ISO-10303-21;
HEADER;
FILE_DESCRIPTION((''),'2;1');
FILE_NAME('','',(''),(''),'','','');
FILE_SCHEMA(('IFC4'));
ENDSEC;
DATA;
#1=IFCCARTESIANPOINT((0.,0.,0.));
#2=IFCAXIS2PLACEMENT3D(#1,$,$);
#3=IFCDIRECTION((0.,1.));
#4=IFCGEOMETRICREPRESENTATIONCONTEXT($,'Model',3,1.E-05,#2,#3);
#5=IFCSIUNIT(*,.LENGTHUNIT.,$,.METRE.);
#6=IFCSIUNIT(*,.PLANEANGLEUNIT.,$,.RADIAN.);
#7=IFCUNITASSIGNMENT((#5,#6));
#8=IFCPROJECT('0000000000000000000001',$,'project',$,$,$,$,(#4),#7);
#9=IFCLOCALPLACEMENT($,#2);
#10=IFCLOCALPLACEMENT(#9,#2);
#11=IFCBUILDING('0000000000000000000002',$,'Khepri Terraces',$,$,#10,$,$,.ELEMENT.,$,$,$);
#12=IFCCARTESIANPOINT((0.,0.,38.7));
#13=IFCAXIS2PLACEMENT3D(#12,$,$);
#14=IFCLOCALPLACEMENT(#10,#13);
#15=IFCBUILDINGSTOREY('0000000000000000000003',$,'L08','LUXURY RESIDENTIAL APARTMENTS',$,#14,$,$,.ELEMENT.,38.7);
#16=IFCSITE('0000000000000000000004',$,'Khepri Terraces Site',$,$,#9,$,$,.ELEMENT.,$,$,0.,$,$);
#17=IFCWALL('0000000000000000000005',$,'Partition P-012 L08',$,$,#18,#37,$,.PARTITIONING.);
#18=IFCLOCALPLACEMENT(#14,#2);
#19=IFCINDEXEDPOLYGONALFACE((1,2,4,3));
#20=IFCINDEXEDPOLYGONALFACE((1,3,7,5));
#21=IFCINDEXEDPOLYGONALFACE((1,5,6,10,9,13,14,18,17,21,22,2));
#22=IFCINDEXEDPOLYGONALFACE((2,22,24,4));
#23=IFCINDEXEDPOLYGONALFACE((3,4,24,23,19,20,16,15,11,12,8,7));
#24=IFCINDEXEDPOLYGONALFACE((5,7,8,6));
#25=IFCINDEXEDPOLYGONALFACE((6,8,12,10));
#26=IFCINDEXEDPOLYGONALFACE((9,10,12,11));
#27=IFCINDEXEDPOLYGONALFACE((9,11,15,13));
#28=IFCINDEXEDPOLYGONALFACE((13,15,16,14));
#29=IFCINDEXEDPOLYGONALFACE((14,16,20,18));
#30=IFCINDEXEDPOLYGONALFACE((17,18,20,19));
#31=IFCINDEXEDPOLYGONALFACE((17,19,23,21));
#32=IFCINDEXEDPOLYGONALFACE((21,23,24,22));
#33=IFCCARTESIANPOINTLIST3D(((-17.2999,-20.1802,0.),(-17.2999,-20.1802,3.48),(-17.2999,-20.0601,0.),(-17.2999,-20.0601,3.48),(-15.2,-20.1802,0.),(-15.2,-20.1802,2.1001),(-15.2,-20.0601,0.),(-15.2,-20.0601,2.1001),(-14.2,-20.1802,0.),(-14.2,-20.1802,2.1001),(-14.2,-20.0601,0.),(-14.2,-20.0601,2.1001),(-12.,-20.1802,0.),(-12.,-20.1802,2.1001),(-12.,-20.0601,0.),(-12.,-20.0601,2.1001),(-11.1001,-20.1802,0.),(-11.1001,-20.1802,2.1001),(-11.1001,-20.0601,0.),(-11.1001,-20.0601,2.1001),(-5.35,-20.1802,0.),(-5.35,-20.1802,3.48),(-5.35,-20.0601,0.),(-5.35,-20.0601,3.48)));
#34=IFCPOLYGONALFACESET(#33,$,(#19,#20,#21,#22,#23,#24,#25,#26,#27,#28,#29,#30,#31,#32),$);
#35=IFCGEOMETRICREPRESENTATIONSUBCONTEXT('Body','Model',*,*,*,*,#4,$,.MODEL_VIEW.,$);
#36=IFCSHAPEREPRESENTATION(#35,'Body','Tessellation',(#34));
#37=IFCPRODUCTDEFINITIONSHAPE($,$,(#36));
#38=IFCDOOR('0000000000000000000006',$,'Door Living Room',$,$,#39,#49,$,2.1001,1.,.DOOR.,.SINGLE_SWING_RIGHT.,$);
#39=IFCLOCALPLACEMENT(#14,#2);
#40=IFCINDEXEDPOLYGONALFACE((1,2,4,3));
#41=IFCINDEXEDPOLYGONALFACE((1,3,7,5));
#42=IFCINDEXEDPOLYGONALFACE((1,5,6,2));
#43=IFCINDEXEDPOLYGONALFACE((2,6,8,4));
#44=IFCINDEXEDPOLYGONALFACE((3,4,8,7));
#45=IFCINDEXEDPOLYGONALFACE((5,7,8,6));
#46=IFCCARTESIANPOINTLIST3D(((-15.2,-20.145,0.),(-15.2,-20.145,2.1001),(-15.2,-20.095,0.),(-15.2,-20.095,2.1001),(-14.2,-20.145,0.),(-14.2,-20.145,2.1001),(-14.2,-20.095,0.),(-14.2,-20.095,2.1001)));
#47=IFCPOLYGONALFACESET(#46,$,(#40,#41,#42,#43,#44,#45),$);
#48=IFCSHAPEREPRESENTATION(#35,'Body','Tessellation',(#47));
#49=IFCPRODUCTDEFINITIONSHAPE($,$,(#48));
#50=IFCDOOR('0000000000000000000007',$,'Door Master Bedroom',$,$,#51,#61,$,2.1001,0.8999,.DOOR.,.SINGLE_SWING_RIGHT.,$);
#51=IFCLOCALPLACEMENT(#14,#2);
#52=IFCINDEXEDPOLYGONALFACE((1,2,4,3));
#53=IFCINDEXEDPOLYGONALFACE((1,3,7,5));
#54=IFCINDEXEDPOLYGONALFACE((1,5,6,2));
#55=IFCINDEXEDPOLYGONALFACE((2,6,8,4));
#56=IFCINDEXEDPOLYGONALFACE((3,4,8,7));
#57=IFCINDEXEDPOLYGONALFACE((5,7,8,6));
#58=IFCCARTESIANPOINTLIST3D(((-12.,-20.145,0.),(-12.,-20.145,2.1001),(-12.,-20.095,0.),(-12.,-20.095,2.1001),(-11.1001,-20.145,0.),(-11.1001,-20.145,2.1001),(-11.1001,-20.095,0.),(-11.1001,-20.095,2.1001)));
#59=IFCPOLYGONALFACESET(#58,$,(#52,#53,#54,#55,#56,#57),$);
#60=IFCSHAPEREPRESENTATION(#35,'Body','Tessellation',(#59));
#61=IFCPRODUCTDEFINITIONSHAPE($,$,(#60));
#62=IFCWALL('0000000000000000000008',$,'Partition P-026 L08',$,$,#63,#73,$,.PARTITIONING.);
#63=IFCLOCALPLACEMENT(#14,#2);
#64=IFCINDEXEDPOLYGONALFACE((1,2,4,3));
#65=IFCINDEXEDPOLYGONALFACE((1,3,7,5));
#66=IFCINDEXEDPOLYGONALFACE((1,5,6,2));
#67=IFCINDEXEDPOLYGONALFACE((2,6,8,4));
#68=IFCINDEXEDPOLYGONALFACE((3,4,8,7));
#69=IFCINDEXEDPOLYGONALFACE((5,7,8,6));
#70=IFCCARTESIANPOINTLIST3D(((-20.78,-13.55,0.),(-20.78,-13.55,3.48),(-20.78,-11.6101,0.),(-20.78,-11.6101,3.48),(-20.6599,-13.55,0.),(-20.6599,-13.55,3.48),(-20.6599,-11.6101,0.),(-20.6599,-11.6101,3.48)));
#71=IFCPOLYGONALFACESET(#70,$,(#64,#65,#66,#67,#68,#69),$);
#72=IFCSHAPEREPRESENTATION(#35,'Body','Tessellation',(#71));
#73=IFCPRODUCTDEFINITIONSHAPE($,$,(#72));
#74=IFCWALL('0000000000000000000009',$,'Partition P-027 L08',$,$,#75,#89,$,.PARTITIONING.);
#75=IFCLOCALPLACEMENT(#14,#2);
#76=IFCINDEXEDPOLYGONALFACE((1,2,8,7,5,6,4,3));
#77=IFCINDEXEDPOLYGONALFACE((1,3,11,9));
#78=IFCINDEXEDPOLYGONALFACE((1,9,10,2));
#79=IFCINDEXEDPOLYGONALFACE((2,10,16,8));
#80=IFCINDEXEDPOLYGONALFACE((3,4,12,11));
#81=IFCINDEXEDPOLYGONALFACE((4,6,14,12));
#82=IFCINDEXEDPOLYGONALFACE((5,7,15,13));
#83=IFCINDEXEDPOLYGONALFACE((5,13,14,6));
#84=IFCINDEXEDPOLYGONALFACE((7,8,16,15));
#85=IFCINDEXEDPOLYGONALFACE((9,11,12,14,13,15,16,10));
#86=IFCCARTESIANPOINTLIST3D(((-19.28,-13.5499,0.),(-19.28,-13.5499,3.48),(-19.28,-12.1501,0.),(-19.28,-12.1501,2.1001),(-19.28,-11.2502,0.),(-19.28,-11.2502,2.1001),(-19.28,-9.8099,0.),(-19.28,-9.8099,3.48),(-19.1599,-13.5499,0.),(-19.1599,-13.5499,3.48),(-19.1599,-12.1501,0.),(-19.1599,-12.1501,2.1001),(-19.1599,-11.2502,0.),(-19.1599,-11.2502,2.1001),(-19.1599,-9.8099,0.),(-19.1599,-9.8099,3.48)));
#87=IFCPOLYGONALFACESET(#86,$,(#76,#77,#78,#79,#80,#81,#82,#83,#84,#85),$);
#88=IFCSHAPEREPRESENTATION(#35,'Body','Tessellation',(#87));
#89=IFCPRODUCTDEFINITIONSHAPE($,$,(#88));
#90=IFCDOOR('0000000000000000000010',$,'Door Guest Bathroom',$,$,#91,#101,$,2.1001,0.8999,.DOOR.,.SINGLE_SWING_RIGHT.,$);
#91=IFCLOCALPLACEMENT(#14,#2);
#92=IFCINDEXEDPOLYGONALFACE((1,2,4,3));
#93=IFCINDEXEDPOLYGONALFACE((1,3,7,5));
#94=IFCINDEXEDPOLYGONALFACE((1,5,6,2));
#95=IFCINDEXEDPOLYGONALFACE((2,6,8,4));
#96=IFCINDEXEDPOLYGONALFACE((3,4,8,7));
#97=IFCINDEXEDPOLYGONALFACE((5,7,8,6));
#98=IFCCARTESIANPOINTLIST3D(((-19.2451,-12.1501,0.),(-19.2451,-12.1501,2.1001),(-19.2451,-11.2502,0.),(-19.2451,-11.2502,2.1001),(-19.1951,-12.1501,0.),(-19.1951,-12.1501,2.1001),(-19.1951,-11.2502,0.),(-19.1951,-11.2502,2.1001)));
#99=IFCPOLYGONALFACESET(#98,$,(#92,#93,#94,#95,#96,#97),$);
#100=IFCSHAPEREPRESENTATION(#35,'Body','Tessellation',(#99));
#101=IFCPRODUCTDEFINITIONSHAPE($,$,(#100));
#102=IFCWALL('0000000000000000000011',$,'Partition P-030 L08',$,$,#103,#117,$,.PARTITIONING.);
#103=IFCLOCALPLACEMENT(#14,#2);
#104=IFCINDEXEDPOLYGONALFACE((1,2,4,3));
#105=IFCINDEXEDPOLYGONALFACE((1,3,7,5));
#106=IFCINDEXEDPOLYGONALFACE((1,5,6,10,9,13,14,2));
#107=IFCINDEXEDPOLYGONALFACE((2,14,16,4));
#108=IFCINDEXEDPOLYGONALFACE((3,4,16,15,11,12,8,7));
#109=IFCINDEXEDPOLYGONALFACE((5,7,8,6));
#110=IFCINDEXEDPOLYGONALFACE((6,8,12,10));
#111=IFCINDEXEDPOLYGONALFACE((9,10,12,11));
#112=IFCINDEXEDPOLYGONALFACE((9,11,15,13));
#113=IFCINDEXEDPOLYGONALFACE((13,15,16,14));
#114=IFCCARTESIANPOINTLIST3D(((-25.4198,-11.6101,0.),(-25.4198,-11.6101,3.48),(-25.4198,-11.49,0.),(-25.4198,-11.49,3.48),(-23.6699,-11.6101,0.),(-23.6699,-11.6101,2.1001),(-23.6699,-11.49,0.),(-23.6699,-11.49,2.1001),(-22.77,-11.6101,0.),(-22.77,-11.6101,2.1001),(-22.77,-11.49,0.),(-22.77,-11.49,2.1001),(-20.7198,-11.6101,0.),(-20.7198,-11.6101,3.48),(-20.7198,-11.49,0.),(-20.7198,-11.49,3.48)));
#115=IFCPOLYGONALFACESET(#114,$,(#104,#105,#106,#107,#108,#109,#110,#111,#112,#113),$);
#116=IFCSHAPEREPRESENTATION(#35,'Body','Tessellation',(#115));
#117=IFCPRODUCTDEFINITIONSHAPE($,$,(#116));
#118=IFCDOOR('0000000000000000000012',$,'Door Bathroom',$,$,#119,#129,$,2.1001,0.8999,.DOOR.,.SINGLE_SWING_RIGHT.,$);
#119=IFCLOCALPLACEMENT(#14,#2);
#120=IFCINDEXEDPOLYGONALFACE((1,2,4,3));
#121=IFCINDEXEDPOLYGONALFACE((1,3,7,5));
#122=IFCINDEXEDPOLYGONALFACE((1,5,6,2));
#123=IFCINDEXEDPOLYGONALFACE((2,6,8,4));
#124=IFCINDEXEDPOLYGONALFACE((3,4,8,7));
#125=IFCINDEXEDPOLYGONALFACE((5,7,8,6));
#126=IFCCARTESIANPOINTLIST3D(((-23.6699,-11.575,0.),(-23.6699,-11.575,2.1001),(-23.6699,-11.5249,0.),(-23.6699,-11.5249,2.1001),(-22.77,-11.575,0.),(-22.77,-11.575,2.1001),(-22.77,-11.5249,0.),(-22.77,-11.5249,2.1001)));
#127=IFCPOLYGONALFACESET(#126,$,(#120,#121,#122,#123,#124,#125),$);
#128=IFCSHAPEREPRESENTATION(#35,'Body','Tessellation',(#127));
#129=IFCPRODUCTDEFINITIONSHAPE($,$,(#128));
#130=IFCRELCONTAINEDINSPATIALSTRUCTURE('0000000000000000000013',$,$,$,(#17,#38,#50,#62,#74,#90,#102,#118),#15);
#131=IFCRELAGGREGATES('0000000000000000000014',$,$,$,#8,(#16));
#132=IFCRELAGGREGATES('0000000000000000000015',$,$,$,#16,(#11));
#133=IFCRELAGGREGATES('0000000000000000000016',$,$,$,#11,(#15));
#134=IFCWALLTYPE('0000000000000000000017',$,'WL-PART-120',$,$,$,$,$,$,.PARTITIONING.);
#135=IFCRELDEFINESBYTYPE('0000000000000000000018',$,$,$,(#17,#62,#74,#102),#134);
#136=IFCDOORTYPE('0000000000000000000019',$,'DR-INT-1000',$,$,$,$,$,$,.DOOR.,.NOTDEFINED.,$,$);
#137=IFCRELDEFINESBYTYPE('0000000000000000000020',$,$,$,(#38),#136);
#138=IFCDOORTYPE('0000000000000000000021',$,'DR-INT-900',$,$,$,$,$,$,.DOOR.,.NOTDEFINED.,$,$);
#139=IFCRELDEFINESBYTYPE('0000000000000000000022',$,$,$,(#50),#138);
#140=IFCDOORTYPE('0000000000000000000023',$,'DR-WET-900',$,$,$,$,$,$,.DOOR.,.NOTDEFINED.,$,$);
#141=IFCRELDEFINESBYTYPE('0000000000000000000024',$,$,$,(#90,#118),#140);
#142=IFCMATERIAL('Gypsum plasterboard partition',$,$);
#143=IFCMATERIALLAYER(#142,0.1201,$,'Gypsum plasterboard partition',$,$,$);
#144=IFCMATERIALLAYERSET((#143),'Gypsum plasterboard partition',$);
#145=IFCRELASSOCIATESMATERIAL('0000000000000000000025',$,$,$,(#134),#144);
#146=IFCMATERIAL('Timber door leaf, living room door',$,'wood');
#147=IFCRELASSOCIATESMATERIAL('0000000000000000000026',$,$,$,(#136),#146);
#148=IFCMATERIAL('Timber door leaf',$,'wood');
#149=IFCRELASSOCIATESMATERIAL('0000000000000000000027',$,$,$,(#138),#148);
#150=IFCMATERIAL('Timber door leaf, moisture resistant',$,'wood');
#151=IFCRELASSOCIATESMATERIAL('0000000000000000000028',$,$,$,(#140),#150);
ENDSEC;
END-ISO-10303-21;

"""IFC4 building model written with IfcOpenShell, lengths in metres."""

from ifc_helpers import new_model, si_unit, direction, frame, frame_2d, origin, place, context, subcontext, project, spatial, rectangle, extrude, material, layer, layer_set, type_object, element, fill, save


model = new_model("IFC4")

# Units and contexts
model_context = context("Model", 3, precision=1e-05, world=origin(), true_north=direction((0.0, 1.0)))
body_context = subcontext(model_context, "Body", "Model", "MODEL_VIEW")
ifc_project = project(units=[si_unit("LENGTHUNIT", "METRE"), si_unit("PLANEANGLEUNIT", "RADIAN")], contexts=[model_context])

# Site, building, storey
site_placement = place(None, origin())
site = spatial("IfcSite", under=ifc_project, at=site_placement, Name="Khepri Terraces Site", CompositionType="ELEMENT", RefElevation=0.0)
building_placement = place(site_placement, origin())
building = spatial("IfcBuilding", under=site, at=building_placement, Name="Khepri Terraces", CompositionType="ELEMENT")
storey_placement = place(building_placement, frame((0.0, 0.0, 38.7)))
storey = spatial("IfcBuildingStorey", under=building, at=storey_placement, Name="L08", Description="LUXURY RESIDENTIAL APARTMENTS", CompositionType="ELEMENT", Elevation=38.7)

# Shared definitions
ifc_material_1 = material(Name="Gypsum plasterboard partition")
ifc_layer_1 = layer(ifc_material_1, 0.1201, Name="Gypsum plasterboard partition")
ifc_layer_set_1 = layer_set([ifc_layer_1], Name="Gypsum plasterboard partition")
wall_type_1 = type_object("IfcWallType", Name="WL-PART-120", PredefinedType="PARTITIONING", material=ifc_layer_set_1)

# Wall, openings, doors
wall_1_placement = place(storey_placement, frame((-17.3, -20.1201, 0.0), z_axis=(0.0, 0.0, 1.0), x_axis=(1.0, 0.0, 0.0)))
wall_1 = element("IfcWall", 1, at=wall_1_placement, inside=storey, type_object=wall_type_1, Name="Partition P-012 L08", PredefinedType="PARTITIONING", context=body_context, shape_type="SweptSolid", body=[
    extrude(rectangle(XDim=11.95, YDim=0.1201, at=frame_2d((5.9751, 0.0))), origin(), (0.0, 0.0, 1.0), 3.48),
])
opening_1_placement = place(wall_1_placement, frame((2.1001, 0.0, 0.0)))
opening_1 = element("IfcOpeningElement", 2, at=opening_1_placement, cuts=wall_1, PredefinedType="OPENING", context=body_context, shape_type="SweptSolid", body=[
    extrude(rectangle(XDim=1.0, YDim=2.1001, at=frame_2d((0.5, 1.05))), frame((0.0, 0.0701, 0.0), z_axis=(0.0, -1.0, 0.0), x_axis=(1.0, 0.0, 0.0)), (0.0, 0.0, 1.0), 0.1401),
])
opening_2_placement = place(wall_1_placement, frame((5.3, 0.0, 0.0)))
opening_2 = element("IfcOpeningElement", 3, at=opening_2_placement, cuts=wall_1, PredefinedType="OPENING", context=body_context, shape_type="SweptSolid", body=[
    extrude(rectangle(XDim=0.8999, YDim=2.1001, at=frame_2d((0.45, 1.05))), frame((0.0, 0.0701, 0.0), z_axis=(0.0, -1.0, 0.0), x_axis=(1.0, 0.0, 0.0)), (0.0, 0.0, 1.0), 0.1401),
])
ifc_material_2 = material(Name="Timber door leaf, living room door", Category="wood")
door_type_1 = type_object("IfcDoorType", Name="DR-INT-1000", OperationType="NOTDEFINED", PredefinedType="DOOR", material=ifc_material_2)
door_1_placement = place(opening_1_placement, frame((1.0, 0.0, 0.0), z_axis=(0.0, 0.0, 1.0), x_axis=(-1.0, 0.0, 0.0)))
door_1 = element("IfcDoor", 4, at=door_1_placement, inside=storey, type_object=door_type_1, Name="Door Living Room", OperationType="SINGLE_SWING_RIGHT", OverallHeight=2.1001, OverallWidth=1.0, PredefinedType="DOOR", context=body_context, shape_type="SweptSolid", body=[
    extrude(rectangle(XDim=1.0, YDim=2.1001, at=frame_2d((0.5, 1.05))), frame((0.0, 0.0249, 0.0), z_axis=(0.0, -1.0, 0.0), x_axis=(1.0, 0.0, 0.0)), (0.0, 0.0, 1.0), 0.05),
])
fill(opening_1, door_1)
ifc_material_3 = material(Name="Timber door leaf", Category="wood")
door_type_2 = type_object("IfcDoorType", Name="DR-INT-900", OperationType="NOTDEFINED", PredefinedType="DOOR", material=ifc_material_3)
door_2_placement = place(opening_2_placement, frame((0.8999, 0.0, 0.0), z_axis=(0.0, 0.0, 1.0), x_axis=(-1.0, 0.0, 0.0)))
door_2 = element("IfcDoor", 5, at=door_2_placement, inside=storey, type_object=door_type_2, Name="Door Master Bedroom", OperationType="SINGLE_SWING_RIGHT", OverallHeight=2.1001, OverallWidth=0.8999, PredefinedType="DOOR", context=body_context, shape_type="SweptSolid", body=[
    extrude(rectangle(XDim=0.8999, YDim=2.1001, at=frame_2d((0.45, 1.05))), frame((0.0, 0.0249, 0.0), z_axis=(0.0, -1.0, 0.0), x_axis=(1.0, 0.0, 0.0)), (0.0, 0.0, 1.0), 0.05),
])
fill(opening_2, door_2)

# Wall
wall_2_placement = place(storey_placement, frame((-20.72, -13.55, 0.0), z_axis=(0.0, 0.0, 1.0), x_axis=(0.0, 1.0, 0.0)))
element("IfcWall", 6, at=wall_2_placement, inside=storey, type_object=wall_type_1, Name="Partition P-026 L08", PredefinedType="PARTITIONING", context=body_context, shape_type="SweptSolid", body=[
    extrude(rectangle(XDim=1.9399, YDim=0.1201, at=frame_2d((0.97, 0.0))), origin(), (0.0, 0.0, 1.0), 3.48),
])

# Walls, openings, doors
wall_3_placement = place(storey_placement, frame((-19.22, -13.55, 0.0), z_axis=(0.0, 0.0, 1.0), x_axis=(0.0, 1.0, 0.0)))
wall_3 = element("IfcWall", 7, at=wall_3_placement, inside=storey, type_object=wall_type_1, Name="Partition P-027 L08", PredefinedType="PARTITIONING", context=body_context, shape_type="SweptSolid", body=[
    extrude(rectangle(XDim=3.74, YDim=0.1201, at=frame_2d((1.8701, 0.0))), origin(), (0.0, 0.0, 1.0), 3.48),
])
opening_3_placement = place(wall_3_placement, frame((1.3999, 0.0, 0.0)))
opening_3 = element("IfcOpeningElement", 8, at=opening_3_placement, cuts=wall_3, PredefinedType="OPENING", context=body_context, shape_type="SweptSolid", body=[
    extrude(rectangle(XDim=0.8999, YDim=2.1001, at=frame_2d((0.45, 1.05))), frame((0.0, 0.0701, 0.0), z_axis=(0.0, -1.0, 0.0), x_axis=(1.0, 0.0, 0.0)), (0.0, 0.0, 1.0), 0.1401),
])
ifc_material_4 = material(Name="Timber door leaf, moisture resistant", Category="wood")
door_type_3 = type_object("IfcDoorType", Name="DR-WET-900", OperationType="NOTDEFINED", PredefinedType="DOOR", material=ifc_material_4)
door_3_placement = place(opening_3_placement, frame((0.8999, 0.0, 0.0), z_axis=(0.0, 0.0, 1.0), x_axis=(-1.0, 0.0, 0.0)))
door_3 = element("IfcDoor", 9, at=door_3_placement, inside=storey, type_object=door_type_3, Name="Door Guest Bathroom", OperationType="SINGLE_SWING_RIGHT", OverallHeight=2.1001, OverallWidth=0.8999, PredefinedType="DOOR", context=body_context, shape_type="SweptSolid", body=[
    extrude(rectangle(XDim=0.8999, YDim=2.1001, at=frame_2d((0.45, 1.05))), frame((0.0, 0.0249, 0.0), z_axis=(0.0, -1.0, 0.0), x_axis=(1.0, 0.0, 0.0)), (0.0, 0.0, 1.0), 0.05),
])
fill(opening_3, door_3)
wall_4_placement = place(storey_placement, frame((-25.4199, -11.55, 0.0), z_axis=(0.0, 0.0, 1.0), x_axis=(1.0, 0.0, 0.0)))
wall_4 = element("IfcWall", 10, at=wall_4_placement, inside=storey, type_object=wall_type_1, Name="Partition P-030 L08", PredefinedType="PARTITIONING", context=body_context, shape_type="SweptSolid", body=[
    extrude(rectangle(XDim=4.7, YDim=0.1201, at=frame_2d((2.3501, 0.0))), origin(), (0.0, 0.0, 1.0), 3.48),
])
opening_4_placement = place(wall_4_placement, frame((1.75, 0.0, 0.0)))
opening_4 = element("IfcOpeningElement", 11, at=opening_4_placement, cuts=wall_4, PredefinedType="OPENING", context=body_context, shape_type="SweptSolid", body=[
    extrude(rectangle(XDim=0.8999, YDim=2.1001, at=frame_2d((0.45, 1.05))), frame((0.0, 0.0701, 0.0), z_axis=(0.0, -1.0, 0.0), x_axis=(1.0, 0.0, 0.0)), (0.0, 0.0, 1.0), 0.1401),
])
door_4_placement = place(opening_4_placement, frame((0.8999, 0.0, 0.0), z_axis=(0.0, 0.0, 1.0), x_axis=(-1.0, 0.0, 0.0)))
door_4 = element("IfcDoor", 12, at=door_4_placement, inside=storey, type_object=door_type_3, Name="Door Bathroom", OperationType="SINGLE_SWING_RIGHT", OverallHeight=2.1001, OverallWidth=0.8999, PredefinedType="DOOR", context=body_context, shape_type="SweptSolid", body=[
    extrude(rectangle(XDim=0.8999, YDim=2.1001, at=frame_2d((0.45, 1.05))), frame((0.0, 0.0249, 0.0), z_axis=(0.0, -1.0, 0.0), x_axis=(1.0, 0.0, 0.0)), (0.0, 0.0, 1.0), 0.05),
])
fill(opening_4, door_4)

save(model, "model.ifc")
